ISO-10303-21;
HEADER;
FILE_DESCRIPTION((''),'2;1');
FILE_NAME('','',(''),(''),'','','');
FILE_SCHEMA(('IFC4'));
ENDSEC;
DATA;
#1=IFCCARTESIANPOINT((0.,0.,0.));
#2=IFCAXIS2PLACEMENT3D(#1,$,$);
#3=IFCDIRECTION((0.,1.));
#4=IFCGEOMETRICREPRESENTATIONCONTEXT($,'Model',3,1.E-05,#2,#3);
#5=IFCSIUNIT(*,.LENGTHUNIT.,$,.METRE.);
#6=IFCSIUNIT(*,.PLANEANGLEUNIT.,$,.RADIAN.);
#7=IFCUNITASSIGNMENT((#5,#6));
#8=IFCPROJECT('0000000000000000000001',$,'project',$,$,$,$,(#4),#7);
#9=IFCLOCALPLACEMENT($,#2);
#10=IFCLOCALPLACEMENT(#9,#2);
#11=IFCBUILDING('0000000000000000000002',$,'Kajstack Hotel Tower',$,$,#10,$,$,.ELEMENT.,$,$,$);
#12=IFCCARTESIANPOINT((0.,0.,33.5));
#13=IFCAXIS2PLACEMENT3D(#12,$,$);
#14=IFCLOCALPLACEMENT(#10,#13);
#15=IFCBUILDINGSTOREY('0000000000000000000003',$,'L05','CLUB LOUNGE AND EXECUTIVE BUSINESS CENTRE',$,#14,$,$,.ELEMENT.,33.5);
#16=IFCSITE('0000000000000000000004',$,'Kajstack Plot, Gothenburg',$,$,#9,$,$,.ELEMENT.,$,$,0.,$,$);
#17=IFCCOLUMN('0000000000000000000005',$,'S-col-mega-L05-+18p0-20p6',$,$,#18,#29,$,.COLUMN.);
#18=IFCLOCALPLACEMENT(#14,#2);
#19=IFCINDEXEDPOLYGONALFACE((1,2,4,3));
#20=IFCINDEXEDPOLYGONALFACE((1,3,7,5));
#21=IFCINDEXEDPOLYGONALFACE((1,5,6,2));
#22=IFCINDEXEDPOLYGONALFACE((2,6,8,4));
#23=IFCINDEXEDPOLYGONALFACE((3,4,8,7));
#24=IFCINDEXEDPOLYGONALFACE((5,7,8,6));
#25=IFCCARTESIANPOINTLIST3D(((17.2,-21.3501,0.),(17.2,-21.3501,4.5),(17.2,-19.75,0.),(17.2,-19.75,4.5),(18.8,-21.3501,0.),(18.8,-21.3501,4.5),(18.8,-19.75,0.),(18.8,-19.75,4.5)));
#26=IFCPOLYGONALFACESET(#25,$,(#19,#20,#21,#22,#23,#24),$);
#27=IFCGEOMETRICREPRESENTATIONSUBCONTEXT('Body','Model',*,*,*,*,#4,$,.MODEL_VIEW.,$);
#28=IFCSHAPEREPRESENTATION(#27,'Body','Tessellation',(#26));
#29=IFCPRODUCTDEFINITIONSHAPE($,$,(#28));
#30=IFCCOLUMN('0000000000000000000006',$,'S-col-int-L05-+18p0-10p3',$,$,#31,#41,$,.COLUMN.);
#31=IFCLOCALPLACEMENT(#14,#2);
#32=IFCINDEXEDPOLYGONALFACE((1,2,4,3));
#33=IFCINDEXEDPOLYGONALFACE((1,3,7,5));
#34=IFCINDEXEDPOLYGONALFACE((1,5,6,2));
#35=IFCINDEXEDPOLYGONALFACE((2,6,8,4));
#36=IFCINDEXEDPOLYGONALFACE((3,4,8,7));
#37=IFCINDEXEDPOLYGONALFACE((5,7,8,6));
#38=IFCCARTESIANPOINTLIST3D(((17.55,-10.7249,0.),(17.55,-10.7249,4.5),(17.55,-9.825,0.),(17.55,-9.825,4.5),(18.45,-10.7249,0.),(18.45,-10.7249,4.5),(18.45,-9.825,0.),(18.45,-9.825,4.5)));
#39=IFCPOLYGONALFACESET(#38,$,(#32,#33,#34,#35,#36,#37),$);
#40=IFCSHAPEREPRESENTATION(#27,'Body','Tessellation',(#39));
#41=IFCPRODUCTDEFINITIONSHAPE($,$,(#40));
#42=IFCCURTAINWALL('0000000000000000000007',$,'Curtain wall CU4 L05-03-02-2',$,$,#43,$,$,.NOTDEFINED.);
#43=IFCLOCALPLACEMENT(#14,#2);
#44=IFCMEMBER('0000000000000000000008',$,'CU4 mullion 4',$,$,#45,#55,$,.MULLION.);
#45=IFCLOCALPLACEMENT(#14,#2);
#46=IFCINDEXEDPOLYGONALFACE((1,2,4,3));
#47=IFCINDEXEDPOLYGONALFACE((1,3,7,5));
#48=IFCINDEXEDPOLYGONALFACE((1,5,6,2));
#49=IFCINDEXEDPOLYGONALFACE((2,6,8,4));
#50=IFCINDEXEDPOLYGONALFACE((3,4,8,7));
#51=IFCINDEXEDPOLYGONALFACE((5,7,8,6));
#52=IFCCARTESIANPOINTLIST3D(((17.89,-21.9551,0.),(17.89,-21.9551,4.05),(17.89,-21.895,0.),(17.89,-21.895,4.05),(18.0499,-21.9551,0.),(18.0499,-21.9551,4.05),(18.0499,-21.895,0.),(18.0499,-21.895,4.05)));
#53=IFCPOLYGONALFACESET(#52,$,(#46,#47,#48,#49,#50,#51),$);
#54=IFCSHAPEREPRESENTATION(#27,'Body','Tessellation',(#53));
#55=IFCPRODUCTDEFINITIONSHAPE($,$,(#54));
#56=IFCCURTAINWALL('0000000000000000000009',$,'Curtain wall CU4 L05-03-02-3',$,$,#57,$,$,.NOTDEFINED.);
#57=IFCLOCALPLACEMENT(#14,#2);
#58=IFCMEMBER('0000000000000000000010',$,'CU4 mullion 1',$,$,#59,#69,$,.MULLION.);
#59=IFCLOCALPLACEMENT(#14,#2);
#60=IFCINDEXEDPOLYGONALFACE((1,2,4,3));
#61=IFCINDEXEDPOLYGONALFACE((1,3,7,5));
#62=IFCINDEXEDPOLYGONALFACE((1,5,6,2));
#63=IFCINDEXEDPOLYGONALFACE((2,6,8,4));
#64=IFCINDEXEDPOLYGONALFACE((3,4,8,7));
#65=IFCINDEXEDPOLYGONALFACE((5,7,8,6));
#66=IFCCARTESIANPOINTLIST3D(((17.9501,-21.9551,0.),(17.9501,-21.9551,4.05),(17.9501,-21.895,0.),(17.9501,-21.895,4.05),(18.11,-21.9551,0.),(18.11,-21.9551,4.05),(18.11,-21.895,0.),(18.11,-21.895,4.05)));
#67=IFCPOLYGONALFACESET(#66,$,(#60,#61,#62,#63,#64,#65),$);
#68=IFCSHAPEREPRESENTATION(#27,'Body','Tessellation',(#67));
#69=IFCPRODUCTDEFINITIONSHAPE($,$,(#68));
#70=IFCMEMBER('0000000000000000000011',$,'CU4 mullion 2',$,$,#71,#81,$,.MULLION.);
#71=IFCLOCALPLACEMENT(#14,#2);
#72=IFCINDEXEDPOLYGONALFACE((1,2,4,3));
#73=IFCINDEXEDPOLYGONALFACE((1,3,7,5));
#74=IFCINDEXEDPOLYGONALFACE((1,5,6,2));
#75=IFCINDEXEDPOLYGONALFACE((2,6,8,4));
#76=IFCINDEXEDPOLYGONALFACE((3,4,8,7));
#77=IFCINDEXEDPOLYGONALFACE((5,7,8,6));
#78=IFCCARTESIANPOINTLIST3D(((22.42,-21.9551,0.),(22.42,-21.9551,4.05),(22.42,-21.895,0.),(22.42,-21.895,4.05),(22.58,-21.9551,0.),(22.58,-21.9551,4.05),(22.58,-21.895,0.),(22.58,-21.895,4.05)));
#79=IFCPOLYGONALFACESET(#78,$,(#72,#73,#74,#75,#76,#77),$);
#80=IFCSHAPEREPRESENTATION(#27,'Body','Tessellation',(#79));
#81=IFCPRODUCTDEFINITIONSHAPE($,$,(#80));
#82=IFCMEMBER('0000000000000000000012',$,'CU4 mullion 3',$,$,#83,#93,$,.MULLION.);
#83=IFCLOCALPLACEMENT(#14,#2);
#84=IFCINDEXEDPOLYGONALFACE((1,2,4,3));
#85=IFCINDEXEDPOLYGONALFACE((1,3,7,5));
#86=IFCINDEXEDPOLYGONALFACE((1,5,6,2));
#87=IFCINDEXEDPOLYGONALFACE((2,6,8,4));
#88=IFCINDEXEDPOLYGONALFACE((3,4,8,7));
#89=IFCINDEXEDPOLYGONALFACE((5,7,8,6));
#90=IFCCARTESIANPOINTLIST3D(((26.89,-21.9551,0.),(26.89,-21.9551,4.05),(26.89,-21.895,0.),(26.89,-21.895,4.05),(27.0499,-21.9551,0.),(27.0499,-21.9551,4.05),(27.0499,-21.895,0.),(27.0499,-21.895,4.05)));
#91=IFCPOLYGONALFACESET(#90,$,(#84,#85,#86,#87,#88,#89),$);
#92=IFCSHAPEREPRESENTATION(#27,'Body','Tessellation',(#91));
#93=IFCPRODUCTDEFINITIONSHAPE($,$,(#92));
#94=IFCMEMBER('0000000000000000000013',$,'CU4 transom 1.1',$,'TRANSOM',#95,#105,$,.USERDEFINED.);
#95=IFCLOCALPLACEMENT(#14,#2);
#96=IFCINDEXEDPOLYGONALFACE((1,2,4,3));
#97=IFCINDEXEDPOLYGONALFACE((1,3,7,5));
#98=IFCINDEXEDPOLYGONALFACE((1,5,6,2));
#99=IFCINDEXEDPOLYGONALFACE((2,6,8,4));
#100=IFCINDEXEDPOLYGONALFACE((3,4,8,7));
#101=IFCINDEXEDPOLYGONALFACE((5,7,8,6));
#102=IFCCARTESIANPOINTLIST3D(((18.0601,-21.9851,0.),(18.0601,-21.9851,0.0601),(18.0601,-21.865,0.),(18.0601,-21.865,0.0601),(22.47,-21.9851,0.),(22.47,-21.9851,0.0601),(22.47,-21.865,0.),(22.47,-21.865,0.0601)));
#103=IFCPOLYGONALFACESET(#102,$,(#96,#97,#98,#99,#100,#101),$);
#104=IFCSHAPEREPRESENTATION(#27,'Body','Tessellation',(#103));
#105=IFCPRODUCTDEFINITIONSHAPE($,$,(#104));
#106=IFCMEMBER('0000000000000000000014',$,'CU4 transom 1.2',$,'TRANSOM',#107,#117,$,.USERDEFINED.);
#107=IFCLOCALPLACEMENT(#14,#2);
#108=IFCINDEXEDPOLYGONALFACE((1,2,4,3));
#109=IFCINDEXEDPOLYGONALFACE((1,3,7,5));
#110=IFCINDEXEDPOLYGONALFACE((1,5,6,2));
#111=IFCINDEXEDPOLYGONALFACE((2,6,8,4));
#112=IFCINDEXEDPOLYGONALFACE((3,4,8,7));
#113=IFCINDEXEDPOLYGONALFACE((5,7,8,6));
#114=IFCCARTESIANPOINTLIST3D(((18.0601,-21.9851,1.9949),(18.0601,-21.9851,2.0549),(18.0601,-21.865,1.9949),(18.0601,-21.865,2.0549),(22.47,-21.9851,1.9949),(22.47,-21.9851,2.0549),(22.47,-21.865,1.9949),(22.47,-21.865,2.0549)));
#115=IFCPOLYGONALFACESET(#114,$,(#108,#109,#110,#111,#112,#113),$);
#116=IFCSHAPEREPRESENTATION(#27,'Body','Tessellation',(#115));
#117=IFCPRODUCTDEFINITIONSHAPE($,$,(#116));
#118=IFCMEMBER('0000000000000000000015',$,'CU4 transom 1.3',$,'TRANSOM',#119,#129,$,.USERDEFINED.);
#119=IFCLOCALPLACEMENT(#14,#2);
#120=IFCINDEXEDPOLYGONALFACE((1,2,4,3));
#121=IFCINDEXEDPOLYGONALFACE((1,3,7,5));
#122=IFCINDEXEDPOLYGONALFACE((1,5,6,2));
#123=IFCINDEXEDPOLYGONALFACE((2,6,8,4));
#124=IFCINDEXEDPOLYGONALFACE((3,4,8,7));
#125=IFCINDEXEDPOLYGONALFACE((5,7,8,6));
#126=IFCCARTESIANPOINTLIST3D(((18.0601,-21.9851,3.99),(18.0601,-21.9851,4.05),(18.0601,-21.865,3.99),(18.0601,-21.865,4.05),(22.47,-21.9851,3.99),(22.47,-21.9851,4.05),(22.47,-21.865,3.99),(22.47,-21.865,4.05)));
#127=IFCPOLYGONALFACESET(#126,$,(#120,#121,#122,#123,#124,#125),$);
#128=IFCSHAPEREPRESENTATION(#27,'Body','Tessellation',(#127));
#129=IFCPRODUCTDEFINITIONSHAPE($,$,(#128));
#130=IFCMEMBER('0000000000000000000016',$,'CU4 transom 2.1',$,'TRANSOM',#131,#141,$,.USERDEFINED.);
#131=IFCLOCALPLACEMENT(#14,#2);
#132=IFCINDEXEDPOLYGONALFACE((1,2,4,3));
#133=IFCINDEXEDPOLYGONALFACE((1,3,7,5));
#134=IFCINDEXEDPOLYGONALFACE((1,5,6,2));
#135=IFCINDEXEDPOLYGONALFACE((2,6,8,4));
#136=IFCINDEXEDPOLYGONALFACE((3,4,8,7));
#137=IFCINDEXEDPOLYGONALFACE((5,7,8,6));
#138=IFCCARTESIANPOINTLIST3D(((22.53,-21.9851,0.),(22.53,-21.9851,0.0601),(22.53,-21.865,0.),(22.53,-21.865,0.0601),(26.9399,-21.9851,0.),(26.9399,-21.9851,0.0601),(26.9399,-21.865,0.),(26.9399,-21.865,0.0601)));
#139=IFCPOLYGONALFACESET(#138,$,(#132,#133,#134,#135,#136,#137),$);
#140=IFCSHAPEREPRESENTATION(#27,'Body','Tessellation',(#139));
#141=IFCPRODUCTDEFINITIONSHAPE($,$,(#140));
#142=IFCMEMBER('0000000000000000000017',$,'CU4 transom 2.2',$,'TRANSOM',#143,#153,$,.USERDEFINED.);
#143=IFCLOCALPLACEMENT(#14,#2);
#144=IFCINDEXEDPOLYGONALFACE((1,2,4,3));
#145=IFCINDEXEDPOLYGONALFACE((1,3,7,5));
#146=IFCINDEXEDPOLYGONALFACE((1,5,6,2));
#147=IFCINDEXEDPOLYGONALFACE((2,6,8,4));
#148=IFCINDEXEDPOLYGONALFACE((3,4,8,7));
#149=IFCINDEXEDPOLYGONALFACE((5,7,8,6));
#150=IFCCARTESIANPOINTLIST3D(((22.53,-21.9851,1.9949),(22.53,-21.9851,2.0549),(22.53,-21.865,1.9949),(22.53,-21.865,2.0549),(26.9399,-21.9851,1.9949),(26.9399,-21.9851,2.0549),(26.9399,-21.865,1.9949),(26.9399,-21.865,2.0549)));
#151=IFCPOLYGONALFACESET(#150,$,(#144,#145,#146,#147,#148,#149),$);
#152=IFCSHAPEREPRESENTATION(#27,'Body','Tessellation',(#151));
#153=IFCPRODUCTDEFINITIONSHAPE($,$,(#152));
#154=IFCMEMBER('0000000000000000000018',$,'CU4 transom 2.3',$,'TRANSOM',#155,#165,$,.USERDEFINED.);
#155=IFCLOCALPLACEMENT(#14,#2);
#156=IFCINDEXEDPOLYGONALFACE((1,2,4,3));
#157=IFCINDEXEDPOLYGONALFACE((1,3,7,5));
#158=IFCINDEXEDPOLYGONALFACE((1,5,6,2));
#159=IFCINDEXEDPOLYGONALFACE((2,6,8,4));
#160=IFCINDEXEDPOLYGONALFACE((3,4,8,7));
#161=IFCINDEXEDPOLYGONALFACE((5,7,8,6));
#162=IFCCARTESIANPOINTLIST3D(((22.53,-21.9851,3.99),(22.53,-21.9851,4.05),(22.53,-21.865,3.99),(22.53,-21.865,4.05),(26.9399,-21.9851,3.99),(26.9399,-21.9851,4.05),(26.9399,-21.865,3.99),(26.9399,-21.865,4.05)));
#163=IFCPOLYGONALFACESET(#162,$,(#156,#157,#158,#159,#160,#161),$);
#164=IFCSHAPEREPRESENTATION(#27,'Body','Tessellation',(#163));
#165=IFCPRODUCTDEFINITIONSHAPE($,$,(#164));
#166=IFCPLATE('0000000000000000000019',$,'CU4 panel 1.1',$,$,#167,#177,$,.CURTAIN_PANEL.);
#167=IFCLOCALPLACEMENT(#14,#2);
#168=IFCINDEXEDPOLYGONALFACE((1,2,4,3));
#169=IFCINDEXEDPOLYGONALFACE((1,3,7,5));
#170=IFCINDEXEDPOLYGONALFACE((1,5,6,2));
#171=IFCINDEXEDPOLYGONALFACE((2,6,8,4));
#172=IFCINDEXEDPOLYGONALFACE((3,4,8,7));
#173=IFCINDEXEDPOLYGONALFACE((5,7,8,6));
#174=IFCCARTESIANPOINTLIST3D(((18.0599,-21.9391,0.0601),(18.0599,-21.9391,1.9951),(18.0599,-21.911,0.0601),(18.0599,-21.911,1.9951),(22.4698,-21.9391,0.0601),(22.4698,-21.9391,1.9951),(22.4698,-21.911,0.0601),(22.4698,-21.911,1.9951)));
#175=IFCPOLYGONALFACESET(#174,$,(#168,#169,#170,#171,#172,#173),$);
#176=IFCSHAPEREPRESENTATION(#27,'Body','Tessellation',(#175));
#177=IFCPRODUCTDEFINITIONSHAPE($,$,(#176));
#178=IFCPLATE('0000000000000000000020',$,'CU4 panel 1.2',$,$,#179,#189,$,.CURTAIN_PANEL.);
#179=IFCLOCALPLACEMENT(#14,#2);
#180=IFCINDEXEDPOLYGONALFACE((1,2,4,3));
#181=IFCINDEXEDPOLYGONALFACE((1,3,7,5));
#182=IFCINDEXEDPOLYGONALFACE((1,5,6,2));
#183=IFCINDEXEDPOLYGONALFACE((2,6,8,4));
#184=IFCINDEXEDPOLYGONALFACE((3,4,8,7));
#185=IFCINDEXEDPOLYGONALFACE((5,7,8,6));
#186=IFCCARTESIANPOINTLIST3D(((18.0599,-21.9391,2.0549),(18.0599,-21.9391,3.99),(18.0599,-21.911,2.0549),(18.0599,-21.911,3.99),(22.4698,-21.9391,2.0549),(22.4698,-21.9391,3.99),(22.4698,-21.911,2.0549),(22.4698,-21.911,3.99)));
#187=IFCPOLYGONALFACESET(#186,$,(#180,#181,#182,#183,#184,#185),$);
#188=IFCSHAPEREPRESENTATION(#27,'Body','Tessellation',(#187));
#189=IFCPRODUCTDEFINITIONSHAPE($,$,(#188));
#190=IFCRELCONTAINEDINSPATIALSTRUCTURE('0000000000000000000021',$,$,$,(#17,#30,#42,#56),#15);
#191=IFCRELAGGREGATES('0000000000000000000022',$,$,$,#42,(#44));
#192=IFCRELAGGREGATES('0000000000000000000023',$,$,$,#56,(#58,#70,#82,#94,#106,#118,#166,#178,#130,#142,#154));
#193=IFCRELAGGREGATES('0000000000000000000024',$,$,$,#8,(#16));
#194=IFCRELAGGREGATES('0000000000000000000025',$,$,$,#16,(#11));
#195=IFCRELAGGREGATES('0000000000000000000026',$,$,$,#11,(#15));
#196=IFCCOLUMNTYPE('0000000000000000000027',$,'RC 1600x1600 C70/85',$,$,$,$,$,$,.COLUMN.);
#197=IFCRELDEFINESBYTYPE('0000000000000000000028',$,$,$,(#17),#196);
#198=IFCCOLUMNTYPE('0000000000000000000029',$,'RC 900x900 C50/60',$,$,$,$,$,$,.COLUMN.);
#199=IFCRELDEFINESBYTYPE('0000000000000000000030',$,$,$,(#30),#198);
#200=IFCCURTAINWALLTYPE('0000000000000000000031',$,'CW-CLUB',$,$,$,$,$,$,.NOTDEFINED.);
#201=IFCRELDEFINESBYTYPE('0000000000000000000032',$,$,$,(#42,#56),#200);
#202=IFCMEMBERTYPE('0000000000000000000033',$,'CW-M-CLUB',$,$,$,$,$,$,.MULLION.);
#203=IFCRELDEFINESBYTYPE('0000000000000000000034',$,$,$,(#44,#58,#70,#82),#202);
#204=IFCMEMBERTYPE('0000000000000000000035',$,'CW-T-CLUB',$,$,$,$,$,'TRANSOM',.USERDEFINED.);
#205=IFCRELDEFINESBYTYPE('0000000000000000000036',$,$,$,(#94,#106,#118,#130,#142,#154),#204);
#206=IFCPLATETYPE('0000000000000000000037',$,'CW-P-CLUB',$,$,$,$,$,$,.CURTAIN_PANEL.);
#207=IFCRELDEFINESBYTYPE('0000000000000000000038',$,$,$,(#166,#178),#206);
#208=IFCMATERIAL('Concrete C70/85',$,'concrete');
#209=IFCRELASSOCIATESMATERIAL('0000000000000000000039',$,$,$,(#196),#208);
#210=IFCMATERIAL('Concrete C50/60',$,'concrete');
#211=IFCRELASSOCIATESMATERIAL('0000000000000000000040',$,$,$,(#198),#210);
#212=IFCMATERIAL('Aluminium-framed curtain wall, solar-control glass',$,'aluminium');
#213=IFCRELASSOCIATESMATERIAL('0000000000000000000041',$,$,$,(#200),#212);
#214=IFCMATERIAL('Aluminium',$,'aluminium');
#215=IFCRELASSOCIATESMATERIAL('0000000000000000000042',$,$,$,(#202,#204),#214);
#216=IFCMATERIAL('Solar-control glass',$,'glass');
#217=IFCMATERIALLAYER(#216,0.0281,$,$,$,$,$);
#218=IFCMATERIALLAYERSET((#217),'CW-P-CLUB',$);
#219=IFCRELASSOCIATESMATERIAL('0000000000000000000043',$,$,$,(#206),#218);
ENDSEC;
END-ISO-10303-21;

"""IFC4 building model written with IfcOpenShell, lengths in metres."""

from ifc_helpers import new_model, si_unit, direction, frame, origin, origin_2d, place, context, subcontext, project, spatial, rectangle, extrude, material, layer, layer_set, material_profile, profile_set, type_object, element, aggregate, save


model = new_model("IFC4")

# Units and contexts
model_context = context("Model", 3, precision=1e-05, world=origin(), true_north=direction((0.0, 1.0)))
body_context = subcontext(model_context, "Body", "Model", "MODEL_VIEW")
ifc_project = project(units=[si_unit("LENGTHUNIT", "METRE"), si_unit("PLANEANGLEUNIT", "RADIAN")], contexts=[model_context])

# Site, building, storey
site_placement = place(None, origin())
site = spatial("IfcSite", under=ifc_project, at=site_placement, Name="Kajstack Plot, Gothenburg", CompositionType="ELEMENT", RefElevation=0.0)
building_placement = place(site_placement, origin())
building = spatial("IfcBuilding", under=site, at=building_placement, Name="Kajstack Hotel Tower", CompositionType="ELEMENT")
storey_placement = place(building_placement, frame((0.0, 0.0, 33.5)))
storey = spatial("IfcBuildingStorey", under=building, at=storey_placement, Name="L05", Description="CLUB LOUNGE AND EXECUTIVE BUSINESS CENTRE", CompositionType="ELEMENT", Elevation=33.5)

# Columns
ifc_material_1 = material(Name="Concrete C70/85", Category="concrete")
ifc_material_profile_1 = material_profile(ifc_material_1, rectangle(XDim=1.6001, YDim=1.6001, at=origin_2d()), Name="RC 1600x1600")
ifc_profile_set_1 = profile_set([ifc_material_profile_1], Name="Concrete C70/85")
column_type_1 = type_object("IfcColumnType", Name="RC 1600x1600 C70/85", PredefinedType="COLUMN", material=ifc_profile_set_1)
column_1_placement = place(storey_placement, frame((18.0, -20.55, 0.0), z_axis=(0.0, 0.0, 1.0), x_axis=(1.0, 0.0, 0.0)))
element("IfcColumn", 1, at=column_1_placement, inside=storey, type_object=column_type_1, Name="S-col-mega-L05-+18p0-20p6", PredefinedType="COLUMN", context=body_context, shape_type="SweptSolid", body=[
    extrude(rectangle(XDim=1.6001, YDim=1.6001, at=origin_2d()), origin(), (0.0, 0.0, 1.0), 4.5),
])
ifc_material_2 = material(Name="Concrete C50/60", Category="concrete")
ifc_material_profile_2 = material_profile(ifc_material_2, rectangle(XDim=0.8999, YDim=0.8999, at=origin_2d()), Name="RC 900x900")
ifc_profile_set_2 = profile_set([ifc_material_profile_2], Name="Concrete C50/60")
column_type_2 = type_object("IfcColumnType", Name="RC 900x900 C50/60", PredefinedType="COLUMN", material=ifc_profile_set_2)
column_2_placement = place(storey_placement, frame((18.0, -10.2749, 0.0), z_axis=(0.0, 0.0, 1.0), x_axis=(1.0, 0.0, 0.0)))
element("IfcColumn", 2, at=column_2_placement, inside=storey, type_object=column_type_2, Name="S-col-int-L05-+18p0-10p3", PredefinedType="COLUMN", context=body_context, shape_type="SweptSolid", body=[
    extrude(rectangle(XDim=0.8999, YDim=0.8999, at=origin_2d()), origin(), (0.0, 0.0, 1.0), 4.5),
])

# Curtain wall, member
ifc_material_3 = material(Name="Aluminium-framed curtain wall, solar-control glass", Category="aluminium")
curtain_wall_type = type_object("IfcCurtainWallType", Name="CW-CLUB", PredefinedType="NOTDEFINED", material=ifc_material_3)
curtain_wall_1_placement = place(storey_placement, origin())
curtain_wall_1 = element("IfcCurtainWall", 3, at=curtain_wall_1_placement, inside=storey, type_object=curtain_wall_type, Name="Curtain wall CU4 L05-03-02-2", PredefinedType="NOTDEFINED")
ifc_material_4 = material(Name="Aluminium", Category="aluminium")
ifc_material_profile_3 = material_profile(ifc_material_4, rectangle(XDim=0.0601, YDim=0.1599, at=origin_2d()), Name="Aluminium mullion 60 x 160")
ifc_profile_set_3 = profile_set([ifc_material_profile_3], Name="Aluminium")
member_type_1 = type_object("IfcMemberType", Name="CW-M-CLUB", PredefinedType="MULLION", material=ifc_profile_set_3)
member_1_placement = place(storey_placement, frame((17.97, -21.925, 0.0), z_axis=(0.0, 0.0, 1.0), x_axis=(0.0, 1.0, 0.0)))
member_1 = element("IfcMember", 4, at=member_1_placement, type_object=member_type_1, Name="CU4 mullion 4", PredefinedType="MULLION", context=body_context, shape_type="SweptSolid", body=[
    extrude(rectangle(XDim=0.0601, YDim=0.1599, at=origin_2d()), origin(), (0.0, 0.0, 1.0), 4.05),
])
aggregate(curtain_wall_1, [member_1])

# Curtain wall, members, plates
curtain_wall_2_placement = place(storey_placement, origin())
curtain_wall_2 = element("IfcCurtainWall", 5, at=curtain_wall_2_placement, inside=storey, type_object=curtain_wall_type, Name="Curtain wall CU4 L05-03-02-3", PredefinedType="NOTDEFINED")
member_2_placement = place(storey_placement, frame((18.03, -21.925, 0.0), z_axis=(0.0, 0.0, 1.0), x_axis=(0.0, 1.0, 0.0)))
member_2 = element("IfcMember", 6, at=member_2_placement, type_object=member_type_1, Name="CU4 mullion 1", PredefinedType="MULLION", context=body_context, shape_type="SweptSolid", body=[
    extrude(rectangle(XDim=0.0601, YDim=0.1599, at=origin_2d()), origin(), (0.0, 0.0, 1.0), 4.05),
])
member_3_placement = place(storey_placement, frame((22.5, -21.925, 0.0), z_axis=(0.0, 0.0, 1.0), x_axis=(0.0, 1.0, 0.0)))
member_3 = element("IfcMember", 7, at=member_3_placement, type_object=member_type_1, Name="CU4 mullion 2", PredefinedType="MULLION", context=body_context, shape_type="SweptSolid", body=[
    extrude(rectangle(XDim=0.0601, YDim=0.1599, at=origin_2d()), origin(), (0.0, 0.0, 1.0), 4.05),
])
member_4_placement = place(storey_placement, frame((26.97, -21.925, 0.0), z_axis=(0.0, 0.0, 1.0), x_axis=(0.0, 1.0, 0.0)))
member_4 = element("IfcMember", 8, at=member_4_placement, type_object=member_type_1, Name="CU4 mullion 3", PredefinedType="MULLION", context=body_context, shape_type="SweptSolid", body=[
    extrude(rectangle(XDim=0.0601, YDim=0.1599, at=origin_2d()), origin(), (0.0, 0.0, 1.0), 4.05),
])
ifc_material_profile_4 = material_profile(ifc_material_4, rectangle(XDim=0.1201, YDim=0.0601, at=origin_2d()), Name="Aluminium transom 120 x 60")
ifc_profile_set_4 = profile_set([ifc_material_profile_4], Name="Aluminium")
member_type_2 = type_object("IfcMemberType", Name="CW-T-CLUB", ElementType="TRANSOM", PredefinedType="USERDEFINED", material=ifc_profile_set_4)
member_5_placement = place(storey_placement, frame((18.0601, -21.925, 0.03), z_axis=(1.0, 0.0, 0.0), x_axis=(0.0, 1.0, 0.0)))
member_5 = element("IfcMember", 9, at=member_5_placement, type_object=member_type_2, Name="CU4 transom 1.1", ObjectType="TRANSOM", PredefinedType="USERDEFINED", context=body_context, shape_type="SweptSolid", body=[
    extrude(rectangle(XDim=0.1201, YDim=0.0601, at=origin_2d()), origin(), (0.0, 0.0, 1.0), 4.4099),
])
member_6_placement = place(storey_placement, frame((18.0601, -21.925, 2.0249), z_axis=(1.0, 0.0, 0.0), x_axis=(0.0, 1.0, 0.0)))
member_6 = element("IfcMember", 10, at=member_6_placement, type_object=member_type_2, Name="CU4 transom 1.2", ObjectType="TRANSOM", PredefinedType="USERDEFINED", context=body_context, shape_type="SweptSolid", body=[
    extrude(rectangle(XDim=0.1201, YDim=0.0601, at=origin_2d()), origin(), (0.0, 0.0, 1.0), 4.4099),
])
member_7_placement = place(storey_placement, frame((18.0601, -21.925, 4.02), z_axis=(1.0, 0.0, 0.0), x_axis=(0.0, 1.0, 0.0)))
member_7 = element("IfcMember", 11, at=member_7_placement, type_object=member_type_2, Name="CU4 transom 1.3", ObjectType="TRANSOM", PredefinedType="USERDEFINED", context=body_context, shape_type="SweptSolid", body=[
    extrude(rectangle(XDim=0.1201, YDim=0.0601, at=origin_2d()), origin(), (0.0, 0.0, 1.0), 4.4099),
])
member_8_placement = place(storey_placement, frame((22.53, -21.925, 0.03), z_axis=(1.0, 0.0, 0.0), x_axis=(0.0, 1.0, 0.0)))
member_8 = element("IfcMember", 12, at=member_8_placement, type_object=member_type_2, Name="CU4 transom 2.1", ObjectType="TRANSOM", PredefinedType="USERDEFINED", context=body_context, shape_type="SweptSolid", body=[
    extrude(rectangle(XDim=0.1201, YDim=0.0601, at=origin_2d()), origin(), (0.0, 0.0, 1.0), 4.4099),
])
member_9_placement = place(storey_placement, frame((22.53, -21.925, 2.0249), z_axis=(1.0, 0.0, 0.0), x_axis=(0.0, 1.0, 0.0)))
member_9 = element("IfcMember", 13, at=member_9_placement, type_object=member_type_2, Name="CU4 transom 2.2", ObjectType="TRANSOM", PredefinedType="USERDEFINED", context=body_context, shape_type="SweptSolid", body=[
    extrude(rectangle(XDim=0.1201, YDim=0.0601, at=origin_2d()), origin(), (0.0, 0.0, 1.0), 4.4099),
])
member_10_placement = place(storey_placement, frame((22.53, -21.925, 4.02), z_axis=(1.0, 0.0, 0.0), x_axis=(0.0, 1.0, 0.0)))
member_10 = element("IfcMember", 14, at=member_10_placement, type_object=member_type_2, Name="CU4 transom 2.3", ObjectType="TRANSOM", PredefinedType="USERDEFINED", context=body_context, shape_type="SweptSolid", body=[
    extrude(rectangle(XDim=0.1201, YDim=0.0601, at=origin_2d()), origin(), (0.0, 0.0, 1.0), 4.4099),
])
ifc_material_5 = material(Name="Solar-control glass", Category="glass")
ifc_layer_1 = layer(ifc_material_5, 0.0281)
ifc_layer_set_1 = layer_set([ifc_layer_1], Name="CW-P-CLUB")
plate_type = type_object("IfcPlateType", Name="CW-P-CLUB", PredefinedType="CURTAIN_PANEL", material=ifc_layer_set_1)
plate_1_placement = place(storey_placement, frame((20.2649, -21.925, 0.0601), z_axis=(0.0, 0.0, 1.0), x_axis=(1.0, 0.0, 0.0)))
plate_1 = element("IfcPlate", 15, at=plate_1_placement, type_object=plate_type, Name="CU4 panel 1.1", PredefinedType="CURTAIN_PANEL", context=body_context, shape_type="SweptSolid", body=[
    extrude(rectangle(XDim=4.4099, YDim=0.0281, at=origin_2d()), origin(), (0.0, 0.0, 1.0), 1.9351),
])
plate_2_placement = place(storey_placement, frame((20.2649, -21.925, 2.0549), z_axis=(0.0, 0.0, 1.0), x_axis=(1.0, 0.0, 0.0)))
plate_2 = element("IfcPlate", 16, at=plate_2_placement, type_object=plate_type, Name="CU4 panel 1.2", PredefinedType="CURTAIN_PANEL", context=body_context, shape_type="SweptSolid", body=[
    extrude(rectangle(XDim=4.4099, YDim=0.0281, at=origin_2d()), origin(), (0.0, 0.0, 1.0), 1.9351),
])
aggregate(curtain_wall_2, [member_2, member_3, member_4, member_5, member_6, member_7, plate_1, plate_2, member_8, member_9, member_10])

save(model, "model.ifc")
